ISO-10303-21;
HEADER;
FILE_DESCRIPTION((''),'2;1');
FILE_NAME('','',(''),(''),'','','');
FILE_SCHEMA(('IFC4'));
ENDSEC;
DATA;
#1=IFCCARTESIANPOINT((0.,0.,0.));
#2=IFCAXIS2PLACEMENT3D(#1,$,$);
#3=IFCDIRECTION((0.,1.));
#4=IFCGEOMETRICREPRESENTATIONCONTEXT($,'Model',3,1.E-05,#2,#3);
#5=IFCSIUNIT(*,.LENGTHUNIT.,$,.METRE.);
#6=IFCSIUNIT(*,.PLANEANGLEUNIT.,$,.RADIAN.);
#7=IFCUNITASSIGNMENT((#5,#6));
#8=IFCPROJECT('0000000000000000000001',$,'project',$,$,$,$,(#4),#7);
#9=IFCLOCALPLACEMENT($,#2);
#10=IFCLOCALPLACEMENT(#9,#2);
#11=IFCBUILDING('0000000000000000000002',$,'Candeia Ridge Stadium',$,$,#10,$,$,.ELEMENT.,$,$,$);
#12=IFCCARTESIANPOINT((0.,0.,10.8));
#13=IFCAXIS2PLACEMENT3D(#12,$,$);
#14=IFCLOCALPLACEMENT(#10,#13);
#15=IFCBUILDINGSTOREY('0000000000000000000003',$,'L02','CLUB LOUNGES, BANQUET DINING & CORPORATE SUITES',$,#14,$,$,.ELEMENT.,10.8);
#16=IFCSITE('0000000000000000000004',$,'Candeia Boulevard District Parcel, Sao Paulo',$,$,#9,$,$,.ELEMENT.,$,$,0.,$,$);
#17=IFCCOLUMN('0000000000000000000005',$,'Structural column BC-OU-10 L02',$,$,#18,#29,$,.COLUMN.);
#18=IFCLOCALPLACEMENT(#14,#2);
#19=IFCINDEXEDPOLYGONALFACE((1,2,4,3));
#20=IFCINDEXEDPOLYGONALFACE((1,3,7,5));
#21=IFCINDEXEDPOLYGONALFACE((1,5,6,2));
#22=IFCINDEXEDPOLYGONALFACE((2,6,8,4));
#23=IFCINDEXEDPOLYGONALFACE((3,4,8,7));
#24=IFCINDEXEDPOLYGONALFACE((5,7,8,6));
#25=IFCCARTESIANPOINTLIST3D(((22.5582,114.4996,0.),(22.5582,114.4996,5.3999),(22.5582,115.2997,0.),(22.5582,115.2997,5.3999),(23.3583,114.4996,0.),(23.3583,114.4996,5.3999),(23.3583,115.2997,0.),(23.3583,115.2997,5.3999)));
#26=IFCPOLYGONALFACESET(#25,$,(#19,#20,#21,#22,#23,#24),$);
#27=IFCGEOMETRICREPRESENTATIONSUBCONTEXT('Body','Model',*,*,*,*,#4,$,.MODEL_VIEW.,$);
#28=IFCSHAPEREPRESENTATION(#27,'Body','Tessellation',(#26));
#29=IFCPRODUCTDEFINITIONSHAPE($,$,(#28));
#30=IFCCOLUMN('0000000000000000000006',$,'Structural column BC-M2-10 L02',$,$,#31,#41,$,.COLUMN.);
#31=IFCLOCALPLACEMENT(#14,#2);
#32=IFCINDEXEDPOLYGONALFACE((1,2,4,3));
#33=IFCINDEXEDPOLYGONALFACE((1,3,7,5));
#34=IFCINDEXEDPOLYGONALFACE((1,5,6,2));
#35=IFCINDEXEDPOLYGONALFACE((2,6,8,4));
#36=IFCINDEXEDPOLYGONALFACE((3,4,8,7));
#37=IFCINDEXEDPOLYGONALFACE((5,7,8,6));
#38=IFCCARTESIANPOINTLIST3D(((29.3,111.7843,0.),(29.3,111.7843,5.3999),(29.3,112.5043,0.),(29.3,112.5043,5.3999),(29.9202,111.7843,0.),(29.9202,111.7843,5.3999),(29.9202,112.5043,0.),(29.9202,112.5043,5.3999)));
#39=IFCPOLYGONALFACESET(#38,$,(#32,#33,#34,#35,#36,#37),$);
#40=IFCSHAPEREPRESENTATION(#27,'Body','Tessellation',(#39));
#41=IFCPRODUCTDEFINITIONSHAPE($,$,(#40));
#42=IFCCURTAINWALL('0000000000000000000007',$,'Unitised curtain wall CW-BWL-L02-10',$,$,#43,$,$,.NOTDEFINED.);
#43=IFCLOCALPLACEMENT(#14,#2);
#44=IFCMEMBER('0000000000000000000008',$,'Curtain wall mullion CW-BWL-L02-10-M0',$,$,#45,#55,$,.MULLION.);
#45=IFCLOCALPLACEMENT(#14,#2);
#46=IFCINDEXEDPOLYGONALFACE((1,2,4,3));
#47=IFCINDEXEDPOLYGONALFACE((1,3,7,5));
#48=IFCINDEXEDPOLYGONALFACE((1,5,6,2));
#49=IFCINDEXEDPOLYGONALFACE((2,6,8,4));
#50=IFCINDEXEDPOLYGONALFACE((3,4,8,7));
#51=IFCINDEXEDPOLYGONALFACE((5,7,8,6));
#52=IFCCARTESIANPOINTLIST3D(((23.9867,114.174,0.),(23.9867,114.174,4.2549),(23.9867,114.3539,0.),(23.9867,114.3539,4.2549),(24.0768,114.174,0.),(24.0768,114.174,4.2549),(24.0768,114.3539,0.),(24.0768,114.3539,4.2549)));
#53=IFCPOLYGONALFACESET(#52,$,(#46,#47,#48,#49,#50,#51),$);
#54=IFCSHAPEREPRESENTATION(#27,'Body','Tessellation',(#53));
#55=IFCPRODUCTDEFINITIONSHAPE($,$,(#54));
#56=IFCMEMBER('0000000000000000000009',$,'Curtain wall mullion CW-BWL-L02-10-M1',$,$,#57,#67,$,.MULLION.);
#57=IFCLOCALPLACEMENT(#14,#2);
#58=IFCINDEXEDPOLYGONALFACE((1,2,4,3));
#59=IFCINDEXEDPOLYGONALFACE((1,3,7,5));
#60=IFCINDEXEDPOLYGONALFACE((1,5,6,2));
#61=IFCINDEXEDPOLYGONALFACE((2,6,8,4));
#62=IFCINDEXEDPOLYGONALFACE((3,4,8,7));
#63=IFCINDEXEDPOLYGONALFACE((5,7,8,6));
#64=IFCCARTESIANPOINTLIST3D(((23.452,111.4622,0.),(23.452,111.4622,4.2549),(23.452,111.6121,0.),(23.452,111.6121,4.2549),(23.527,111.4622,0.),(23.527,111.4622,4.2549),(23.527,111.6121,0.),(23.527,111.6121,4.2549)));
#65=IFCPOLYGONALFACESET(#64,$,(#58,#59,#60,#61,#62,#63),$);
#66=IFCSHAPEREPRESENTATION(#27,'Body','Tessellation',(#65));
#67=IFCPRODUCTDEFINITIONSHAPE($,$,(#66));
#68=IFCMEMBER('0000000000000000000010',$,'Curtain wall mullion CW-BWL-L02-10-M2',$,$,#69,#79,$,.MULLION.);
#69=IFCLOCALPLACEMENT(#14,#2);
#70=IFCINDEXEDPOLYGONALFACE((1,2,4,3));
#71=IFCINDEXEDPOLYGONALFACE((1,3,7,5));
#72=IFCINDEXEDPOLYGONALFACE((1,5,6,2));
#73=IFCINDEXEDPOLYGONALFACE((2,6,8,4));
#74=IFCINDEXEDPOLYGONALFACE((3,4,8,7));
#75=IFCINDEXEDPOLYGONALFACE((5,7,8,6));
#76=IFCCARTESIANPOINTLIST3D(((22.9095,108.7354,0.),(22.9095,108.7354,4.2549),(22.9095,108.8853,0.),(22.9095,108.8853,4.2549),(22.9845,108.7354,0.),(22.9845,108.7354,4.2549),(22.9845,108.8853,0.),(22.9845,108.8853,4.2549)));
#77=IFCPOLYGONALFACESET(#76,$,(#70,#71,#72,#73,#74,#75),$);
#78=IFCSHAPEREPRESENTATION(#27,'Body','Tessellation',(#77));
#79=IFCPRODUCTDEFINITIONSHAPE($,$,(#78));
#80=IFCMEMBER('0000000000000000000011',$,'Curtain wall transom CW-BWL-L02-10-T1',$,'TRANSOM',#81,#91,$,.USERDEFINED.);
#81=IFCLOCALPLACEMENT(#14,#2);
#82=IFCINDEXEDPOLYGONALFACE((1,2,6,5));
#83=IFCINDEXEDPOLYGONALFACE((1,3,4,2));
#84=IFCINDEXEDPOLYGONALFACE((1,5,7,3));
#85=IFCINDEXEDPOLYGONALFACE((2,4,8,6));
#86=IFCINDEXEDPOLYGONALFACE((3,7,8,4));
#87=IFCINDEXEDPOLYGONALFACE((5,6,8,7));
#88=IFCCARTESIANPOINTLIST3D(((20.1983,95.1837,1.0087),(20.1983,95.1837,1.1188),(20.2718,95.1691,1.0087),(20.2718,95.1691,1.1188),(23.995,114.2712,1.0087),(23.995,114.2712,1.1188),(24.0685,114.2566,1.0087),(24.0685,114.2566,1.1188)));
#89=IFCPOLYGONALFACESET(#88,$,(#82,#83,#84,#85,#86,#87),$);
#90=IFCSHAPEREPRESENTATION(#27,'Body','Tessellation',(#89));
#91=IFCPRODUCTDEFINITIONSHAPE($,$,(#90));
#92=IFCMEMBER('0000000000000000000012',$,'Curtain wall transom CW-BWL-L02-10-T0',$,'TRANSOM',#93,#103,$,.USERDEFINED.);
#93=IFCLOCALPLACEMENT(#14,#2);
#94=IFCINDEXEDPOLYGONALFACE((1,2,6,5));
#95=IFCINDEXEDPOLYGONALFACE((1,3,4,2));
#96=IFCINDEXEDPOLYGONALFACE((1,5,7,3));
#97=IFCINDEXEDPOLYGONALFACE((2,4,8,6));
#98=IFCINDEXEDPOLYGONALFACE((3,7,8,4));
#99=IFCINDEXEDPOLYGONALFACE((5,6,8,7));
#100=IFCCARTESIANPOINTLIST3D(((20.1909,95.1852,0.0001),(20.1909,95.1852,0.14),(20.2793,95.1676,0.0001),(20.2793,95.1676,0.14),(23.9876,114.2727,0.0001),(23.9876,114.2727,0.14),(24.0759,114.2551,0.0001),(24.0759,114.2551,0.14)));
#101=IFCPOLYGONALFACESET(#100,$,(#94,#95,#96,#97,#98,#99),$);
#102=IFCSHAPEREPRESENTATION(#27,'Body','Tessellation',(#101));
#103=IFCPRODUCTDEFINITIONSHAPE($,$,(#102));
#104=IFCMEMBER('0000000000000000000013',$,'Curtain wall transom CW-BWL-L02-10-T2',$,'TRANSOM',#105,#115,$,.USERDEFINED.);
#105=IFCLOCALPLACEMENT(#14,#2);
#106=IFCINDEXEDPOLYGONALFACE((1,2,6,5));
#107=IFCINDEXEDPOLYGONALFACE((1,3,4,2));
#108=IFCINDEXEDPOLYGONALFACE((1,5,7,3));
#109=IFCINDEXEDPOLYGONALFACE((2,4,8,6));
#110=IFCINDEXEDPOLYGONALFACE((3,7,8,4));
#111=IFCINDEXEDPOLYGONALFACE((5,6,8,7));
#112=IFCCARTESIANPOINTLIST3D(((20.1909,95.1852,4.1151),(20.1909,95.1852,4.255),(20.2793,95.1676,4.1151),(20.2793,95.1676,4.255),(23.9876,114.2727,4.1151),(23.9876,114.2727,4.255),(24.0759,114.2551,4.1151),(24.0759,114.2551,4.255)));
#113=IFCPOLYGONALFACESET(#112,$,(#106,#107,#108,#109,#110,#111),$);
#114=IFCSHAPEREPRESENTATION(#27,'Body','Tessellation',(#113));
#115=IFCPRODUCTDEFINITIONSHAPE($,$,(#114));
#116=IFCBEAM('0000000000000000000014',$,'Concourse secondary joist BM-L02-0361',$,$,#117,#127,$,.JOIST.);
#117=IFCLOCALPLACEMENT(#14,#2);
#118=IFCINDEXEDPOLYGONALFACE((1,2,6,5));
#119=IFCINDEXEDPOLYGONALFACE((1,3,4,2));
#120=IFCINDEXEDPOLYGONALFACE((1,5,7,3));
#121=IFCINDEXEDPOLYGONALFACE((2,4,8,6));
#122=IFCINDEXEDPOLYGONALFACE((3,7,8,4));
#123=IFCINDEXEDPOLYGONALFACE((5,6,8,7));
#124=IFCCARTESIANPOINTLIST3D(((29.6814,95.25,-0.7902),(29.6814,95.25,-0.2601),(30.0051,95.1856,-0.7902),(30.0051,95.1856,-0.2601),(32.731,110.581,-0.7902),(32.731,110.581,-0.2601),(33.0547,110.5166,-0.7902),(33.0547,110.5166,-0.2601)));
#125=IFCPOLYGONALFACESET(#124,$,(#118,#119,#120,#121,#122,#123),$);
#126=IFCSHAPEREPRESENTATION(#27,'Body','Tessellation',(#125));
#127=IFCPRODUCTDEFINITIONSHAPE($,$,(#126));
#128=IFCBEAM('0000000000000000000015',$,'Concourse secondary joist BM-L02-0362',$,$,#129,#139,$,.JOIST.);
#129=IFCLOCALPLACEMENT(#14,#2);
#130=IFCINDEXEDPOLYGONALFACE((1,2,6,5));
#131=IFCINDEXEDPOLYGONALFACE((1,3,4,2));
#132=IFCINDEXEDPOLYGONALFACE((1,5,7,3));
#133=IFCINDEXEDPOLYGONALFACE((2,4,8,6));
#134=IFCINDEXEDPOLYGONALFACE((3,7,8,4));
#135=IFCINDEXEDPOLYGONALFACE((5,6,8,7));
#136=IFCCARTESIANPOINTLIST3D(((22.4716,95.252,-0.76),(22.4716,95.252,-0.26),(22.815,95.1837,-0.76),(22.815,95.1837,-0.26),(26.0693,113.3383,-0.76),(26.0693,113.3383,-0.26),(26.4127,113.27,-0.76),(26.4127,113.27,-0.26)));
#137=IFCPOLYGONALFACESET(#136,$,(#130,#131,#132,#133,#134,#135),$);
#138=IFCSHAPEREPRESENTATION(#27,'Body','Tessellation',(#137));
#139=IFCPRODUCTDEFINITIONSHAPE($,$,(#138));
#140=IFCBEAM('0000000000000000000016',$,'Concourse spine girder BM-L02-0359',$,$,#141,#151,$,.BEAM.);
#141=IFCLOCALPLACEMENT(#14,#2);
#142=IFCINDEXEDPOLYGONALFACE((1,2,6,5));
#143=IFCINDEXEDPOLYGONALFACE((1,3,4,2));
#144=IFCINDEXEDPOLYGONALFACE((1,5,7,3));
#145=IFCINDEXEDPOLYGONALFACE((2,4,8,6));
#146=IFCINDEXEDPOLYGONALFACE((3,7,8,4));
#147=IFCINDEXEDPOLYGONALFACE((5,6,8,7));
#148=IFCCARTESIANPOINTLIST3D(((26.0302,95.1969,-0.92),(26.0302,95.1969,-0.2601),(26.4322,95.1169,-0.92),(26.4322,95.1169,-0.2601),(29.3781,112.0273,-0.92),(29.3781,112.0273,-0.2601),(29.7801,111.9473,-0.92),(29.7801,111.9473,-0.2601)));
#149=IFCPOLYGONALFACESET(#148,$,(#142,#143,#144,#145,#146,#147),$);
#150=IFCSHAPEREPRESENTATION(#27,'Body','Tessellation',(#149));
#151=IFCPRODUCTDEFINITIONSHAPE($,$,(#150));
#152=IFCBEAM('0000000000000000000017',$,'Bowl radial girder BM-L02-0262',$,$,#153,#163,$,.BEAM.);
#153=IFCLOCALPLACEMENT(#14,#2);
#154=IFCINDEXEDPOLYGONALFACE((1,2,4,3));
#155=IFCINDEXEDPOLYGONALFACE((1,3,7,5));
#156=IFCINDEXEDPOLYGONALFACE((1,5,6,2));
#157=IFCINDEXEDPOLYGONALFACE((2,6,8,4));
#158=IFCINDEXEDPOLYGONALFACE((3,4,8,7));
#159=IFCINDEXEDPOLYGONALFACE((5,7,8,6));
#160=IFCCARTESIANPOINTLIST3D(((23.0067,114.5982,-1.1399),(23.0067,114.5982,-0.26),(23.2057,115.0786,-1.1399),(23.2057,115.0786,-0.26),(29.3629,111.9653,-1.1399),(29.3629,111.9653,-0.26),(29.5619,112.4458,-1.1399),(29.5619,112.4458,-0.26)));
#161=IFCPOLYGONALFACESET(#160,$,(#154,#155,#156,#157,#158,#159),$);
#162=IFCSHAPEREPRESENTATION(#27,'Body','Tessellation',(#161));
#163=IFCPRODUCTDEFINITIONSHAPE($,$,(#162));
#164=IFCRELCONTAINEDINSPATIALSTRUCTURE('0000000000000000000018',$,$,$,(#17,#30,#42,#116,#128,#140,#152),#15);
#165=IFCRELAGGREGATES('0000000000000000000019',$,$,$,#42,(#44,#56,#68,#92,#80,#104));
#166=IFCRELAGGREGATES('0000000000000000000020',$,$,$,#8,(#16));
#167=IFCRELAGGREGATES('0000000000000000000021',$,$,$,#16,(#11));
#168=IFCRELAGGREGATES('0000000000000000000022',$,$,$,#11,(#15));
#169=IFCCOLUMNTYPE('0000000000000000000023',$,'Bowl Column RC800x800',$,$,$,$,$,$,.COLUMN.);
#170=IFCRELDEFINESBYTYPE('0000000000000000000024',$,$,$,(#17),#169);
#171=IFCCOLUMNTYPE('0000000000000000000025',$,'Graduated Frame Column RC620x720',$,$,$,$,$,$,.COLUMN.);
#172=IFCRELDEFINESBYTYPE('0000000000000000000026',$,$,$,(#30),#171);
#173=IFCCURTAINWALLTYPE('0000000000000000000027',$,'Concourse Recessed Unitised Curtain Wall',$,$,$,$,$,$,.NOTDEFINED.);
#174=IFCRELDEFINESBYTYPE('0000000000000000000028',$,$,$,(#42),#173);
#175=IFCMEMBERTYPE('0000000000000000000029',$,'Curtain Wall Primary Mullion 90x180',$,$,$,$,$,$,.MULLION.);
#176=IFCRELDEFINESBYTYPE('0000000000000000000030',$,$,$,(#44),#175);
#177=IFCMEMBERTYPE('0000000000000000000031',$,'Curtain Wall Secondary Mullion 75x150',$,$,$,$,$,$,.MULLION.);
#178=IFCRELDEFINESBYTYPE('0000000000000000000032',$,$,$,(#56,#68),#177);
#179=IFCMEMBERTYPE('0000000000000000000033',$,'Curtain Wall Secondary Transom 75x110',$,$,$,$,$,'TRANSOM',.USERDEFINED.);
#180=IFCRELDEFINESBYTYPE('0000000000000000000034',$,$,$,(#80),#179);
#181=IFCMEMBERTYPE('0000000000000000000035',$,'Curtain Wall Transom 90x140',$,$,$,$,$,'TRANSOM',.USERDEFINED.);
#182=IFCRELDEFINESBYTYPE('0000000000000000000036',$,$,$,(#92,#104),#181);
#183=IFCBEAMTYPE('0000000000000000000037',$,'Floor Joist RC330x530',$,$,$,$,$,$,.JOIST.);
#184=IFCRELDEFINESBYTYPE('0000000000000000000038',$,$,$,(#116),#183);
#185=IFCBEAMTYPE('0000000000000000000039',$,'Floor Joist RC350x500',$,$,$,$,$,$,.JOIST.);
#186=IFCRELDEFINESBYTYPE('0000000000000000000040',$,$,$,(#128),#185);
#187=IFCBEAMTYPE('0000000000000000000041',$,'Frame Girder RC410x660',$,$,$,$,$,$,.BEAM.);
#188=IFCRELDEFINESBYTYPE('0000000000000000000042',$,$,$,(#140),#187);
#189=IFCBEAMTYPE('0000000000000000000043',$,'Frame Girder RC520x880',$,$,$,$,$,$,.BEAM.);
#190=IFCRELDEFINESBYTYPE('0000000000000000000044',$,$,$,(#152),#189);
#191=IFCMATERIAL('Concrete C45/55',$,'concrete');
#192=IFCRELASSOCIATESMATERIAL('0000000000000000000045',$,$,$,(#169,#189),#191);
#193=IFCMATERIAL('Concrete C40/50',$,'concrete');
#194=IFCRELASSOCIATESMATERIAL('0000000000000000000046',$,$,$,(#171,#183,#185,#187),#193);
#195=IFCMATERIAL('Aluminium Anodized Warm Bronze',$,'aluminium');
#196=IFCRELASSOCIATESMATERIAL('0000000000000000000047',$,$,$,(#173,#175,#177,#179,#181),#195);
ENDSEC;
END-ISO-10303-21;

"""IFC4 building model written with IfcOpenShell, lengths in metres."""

from ifc_helpers import new_model, si_unit, direction, frame, origin, origin_2d, place, context, subcontext, project, spatial, rectangle, extrude, material, material_profile, profile_set, type_object, element, aggregate, save


model = new_model("IFC4")

# Units and contexts
model_context = context("Model", 3, precision=1e-05, world=origin(), true_north=direction((0.0, 1.0)))
body_context = subcontext(model_context, "Body", "Model", "MODEL_VIEW")
ifc_project = project(units=[si_unit("LENGTHUNIT", "METRE"), si_unit("PLANEANGLEUNIT", "RADIAN")], contexts=[model_context])

# Site, building, storey
site_placement = place(None, origin())
site = spatial("IfcSite", under=ifc_project, at=site_placement, Name="Candeia Boulevard District Parcel, Sao Paulo", CompositionType="ELEMENT", RefElevation=0.0)
building_placement = place(site_placement, origin())
building = spatial("IfcBuilding", under=site, at=building_placement, Name="Candeia Ridge Stadium", CompositionType="ELEMENT")
storey_placement = place(building_placement, frame((0.0, 0.0, 10.8)))
storey = spatial("IfcBuildingStorey", under=building, at=storey_placement, Name="L02", Description="CLUB LOUNGES, BANQUET DINING & CORPORATE SUITES", CompositionType="ELEMENT", Elevation=10.8)

# Columns
ifc_material_1 = material(Name="Concrete C45/55", Category="concrete")
ifc_material_profile_1 = material_profile(ifc_material_1, rectangle(XDim=0.8, YDim=0.8, at=origin_2d()), Name="RC800x800", Category="concrete")
ifc_profile_set_1 = profile_set([ifc_material_profile_1], Name="Concrete C45/55")
column_type_1 = type_object("IfcColumnType", Name="Bowl Column RC800x800", PredefinedType="COLUMN", material=ifc_profile_set_1)
column_1_placement = place(storey_placement, frame((22.9583, 114.8997, 0.0), z_axis=(0.0, 0.0, 1.0), x_axis=(1.0, 0.0, 0.0)))
element("IfcColumn", 1, at=column_1_placement, inside=storey, type_object=column_type_1, Name="Structural column BC-OU-10 L02", PredefinedType="COLUMN", context=body_context, shape_type="SweptSolid", body=[
    extrude(rectangle(XDim=0.8, YDim=0.8, at=origin_2d()), origin(), (0.0, 0.0, 1.0), 5.3999),
])
ifc_material_2 = material(Name="Concrete C40/50", Category="concrete")
ifc_material_profile_2 = material_profile(ifc_material_2, rectangle(XDim=0.6201, YDim=0.72, at=origin_2d()), Name="RC620x720", Category="concrete")
ifc_profile_set_2 = profile_set([ifc_material_profile_2], Name="Concrete C40/50")
column_type_2 = type_object("IfcColumnType", Name="Graduated Frame Column RC620x720", PredefinedType="COLUMN", material=ifc_profile_set_2)
column_2_placement = place(storey_placement, frame((29.6101, 112.1443, 0.0), z_axis=(0.0, 0.0, 1.0), x_axis=(1.0, 0.0, 0.0)))
element("IfcColumn", 2, at=column_2_placement, inside=storey, type_object=column_type_2, Name="Structural column BC-M2-10 L02", PredefinedType="COLUMN", context=body_context, shape_type="SweptSolid", body=[
    extrude(rectangle(XDim=0.6201, YDim=0.72, at=origin_2d()), origin(), (0.0, 0.0, 1.0), 5.3999),
])

# Curtain wall, members
ifc_material_3 = material(Name="Aluminium Anodized Warm Bronze", Category="aluminium")
curtain_wall_type = type_object("IfcCurtainWallType", Name="Concourse Recessed Unitised Curtain Wall", PredefinedType="NOTDEFINED", material=ifc_material_3)
curtain_wall_placement = place(storey_placement, origin())
curtain_wall = element("IfcCurtainWall", 3, at=curtain_wall_placement, inside=storey, type_object=curtain_wall_type, Name="Unitised curtain wall CW-BWL-L02-10", PredefinedType="NOTDEFINED")
ifc_material_profile_3 = material_profile(ifc_material_3, rectangle(XDim=0.0901, YDim=0.1799, at=origin_2d()), Name="CWM-90x180", Category="aluminium")
ifc_profile_set_3 = profile_set([ifc_material_profile_3], Name="Aluminium Anodized Warm Bronze")
member_type_1 = type_object("IfcMemberType", Name="Curtain Wall Primary Mullion 90x180", PredefinedType="MULLION", material=ifc_profile_set_3)
member_1_placement = place(storey_placement, frame((24.0317, 114.2639, 0.0), z_axis=(0.0, 0.0, 1.0), x_axis=(1.0, 0.0, 0.0)))
member_1 = element("IfcMember", 4, at=member_1_placement, type_object=member_type_1, Name="Curtain wall mullion CW-BWL-L02-10-M0", PredefinedType="MULLION", context=body_context, shape_type="SweptSolid", body=[
    extrude(rectangle(XDim=0.0901, YDim=0.1799, at=origin_2d()), origin(), (0.0, 0.0, 1.0), 4.2549),
])
ifc_material_profile_4 = material_profile(ifc_material_3, rectangle(XDim=0.075, YDim=0.1499, at=origin_2d()), Name="CWM-75x150", Category="aluminium")
ifc_profile_set_4 = profile_set([ifc_material_profile_4], Name="Aluminium Anodized Warm Bronze")
member_type_2 = type_object("IfcMemberType", Name="Curtain Wall Secondary Mullion 75x150", PredefinedType="MULLION", material=ifc_profile_set_4)
member_2_placement = place(storey_placement, frame((23.4895, 111.5371, 0.0), z_axis=(0.0, 0.0, 1.0), x_axis=(1.0, 0.0, 0.0)))
member_2 = element("IfcMember", 5, at=member_2_placement, type_object=member_type_2, Name="Curtain wall mullion CW-BWL-L02-10-M1", PredefinedType="MULLION", context=body_context, shape_type="SweptSolid", body=[
    extrude(rectangle(XDim=0.075, YDim=0.1499, at=origin_2d()), origin(), (0.0, 0.0, 1.0), 4.2549),
])
member_3_placement = place(storey_placement, frame((22.947, 108.8103, 0.0), z_axis=(0.0, 0.0, 1.0), x_axis=(1.0, 0.0, 0.0)))
member_3 = element("IfcMember", 6, at=member_3_placement, type_object=member_type_2, Name="Curtain wall mullion CW-BWL-L02-10-M2", PredefinedType="MULLION", context=body_context, shape_type="SweptSolid", body=[
    extrude(rectangle(XDim=0.075, YDim=0.1499, at=origin_2d()), origin(), (0.0, 0.0, 1.0), 4.2549),
])
ifc_material_profile_5 = material_profile(ifc_material_3, rectangle(XDim=0.075, YDim=0.1101, at=origin_2d()), Name="CWT-75x110", Category="aluminium")
ifc_profile_set_5 = profile_set([ifc_material_profile_5], Name="Aluminium Anodized Warm Bronze")
member_type_3 = type_object("IfcMemberType", Name="Curtain Wall Secondary Transom 75x110", ElementType="TRANSOM", PredefinedType="USERDEFINED", material=ifc_profile_set_5)
member_4_placement = place(storey_placement, frame((24.0317, 114.2639, 1.0637), z_axis=(-0.195086, -0.980786, 0.0), x_axis=(0.980786, -0.195086, 0.0)))
member_4 = element("IfcMember", 7, at=member_4_placement, type_object=member_type_3, Name="Curtain wall transom CW-BWL-L02-10-T1", ObjectType="TRANSOM", PredefinedType="USERDEFINED", context=body_context, shape_type="SweptSolid", body=[
    extrude(rectangle(XDim=0.075, YDim=0.1101, at=origin_2d()), origin(), (0.0, 0.0, 1.0), 19.4614),
])
ifc_material_profile_6 = material_profile(ifc_material_3, rectangle(XDim=0.0901, YDim=0.1399, at=origin_2d()), Name="CWT-90x140", Category="aluminium")
ifc_profile_set_6 = profile_set([ifc_material_profile_6], Name="Aluminium Anodized Warm Bronze")
member_type_4 = type_object("IfcMemberType", Name="Curtain Wall Transom 90x140", ElementType="TRANSOM", PredefinedType="USERDEFINED", material=ifc_profile_set_6)
member_5_placement = place(storey_placement, frame((24.0317, 114.2639, 0.0701), z_axis=(-0.195086, -0.980786, 0.0), x_axis=(0.980786, -0.195086, 0.0)))
member_5 = element("IfcMember", 8, at=member_5_placement, type_object=member_type_4, Name="Curtain wall transom CW-BWL-L02-10-T0", ObjectType="TRANSOM", PredefinedType="USERDEFINED", context=body_context, shape_type="SweptSolid", body=[
    extrude(rectangle(XDim=0.0901, YDim=0.1399, at=origin_2d()), origin(), (0.0, 0.0, 1.0), 19.4614),
])
member_6_placement = place(storey_placement, frame((24.0317, 114.2639, 4.1851), z_axis=(-0.195086, -0.980786, 0.0), x_axis=(0.980786, -0.195086, 0.0)))
member_6 = element("IfcMember", 9, at=member_6_placement, type_object=member_type_4, Name="Curtain wall transom CW-BWL-L02-10-T2", ObjectType="TRANSOM", PredefinedType="USERDEFINED", context=body_context, shape_type="SweptSolid", body=[
    extrude(rectangle(XDim=0.0901, YDim=0.1399, at=origin_2d()), origin(), (0.0, 0.0, 1.0), 19.4614),
])

# Beams
ifc_material_profile_7 = material_profile(ifc_material_2, rectangle(XDim=0.3301, YDim=0.53, at=origin_2d()), Name="RC330x530", Category="concrete")
ifc_profile_set_7 = profile_set([ifc_material_profile_7], Name="Concrete C40/50")
beam_type_1 = type_object("IfcBeamType", Name="Floor Joist RC330x530", PredefinedType="JOIST", material=ifc_profile_set_7)
beam_1_placement = place(storey_placement, frame((32.8928, 110.5488, -0.5251), z_axis=(-0.195092, -0.980785, 0.0), x_axis=(0.980785, -0.195092, 0.0)))
element("IfcBeam", 10, at=beam_1_placement, inside=storey, type_object=beam_type_1, Name="Concourse secondary joist BM-L02-0361", PredefinedType="JOIST", context=body_context, shape_type="SweptSolid", body=[
    extrude(rectangle(XDim=0.3301, YDim=0.53, at=origin_2d()), origin(), (0.0, 0.0, 1.0), 15.6313),
])
ifc_material_profile_8 = material_profile(ifc_material_2, rectangle(XDim=0.3501, YDim=0.5, at=origin_2d()), Name="RC350x500", Category="concrete")
ifc_profile_set_8 = profile_set([ifc_material_profile_8], Name="Concrete C40/50")
beam_type_2 = type_object("IfcBeamType", Name="Floor Joist RC350x500", PredefinedType="JOIST", material=ifc_profile_set_8)
beam_2_placement = place(storey_placement, frame((26.241, 113.3042, -0.51), z_axis=(-0.195093, -0.980785, 0.0), x_axis=(0.980785, -0.195093, 0.0)))
element("IfcBeam", 11, at=beam_2_placement, inside=storey, type_object=beam_type_2, Name="Concourse secondary joist BM-L02-0362", PredefinedType="JOIST", context=body_context, shape_type="SweptSolid", body=[
    extrude(rectangle(XDim=0.3501, YDim=0.5, at=origin_2d()), origin(), (0.0, 0.0, 1.0), 18.4407),
])
ifc_material_profile_9 = material_profile(ifc_material_2, rectangle(XDim=0.4099, YDim=0.6599, at=origin_2d()), Name="RC410x660", Category="concrete")
ifc_profile_set_9 = profile_set([ifc_material_profile_9], Name="Concrete C40/50")
beam_type_3 = type_object("IfcBeamType", Name="Frame Girder RC410x660", PredefinedType="BEAM", material=ifc_profile_set_9)
beam_3_placement = place(storey_placement, frame((29.5791, 111.9873, -0.5901), z_axis=(-0.195098, -0.980784, 0.0), x_axis=(0.980784, -0.195098, 0.0)))
element("IfcBeam", 12, at=beam_3_placement, inside=storey, type_object=beam_type_3, Name="Concourse spine girder BM-L02-0359", PredefinedType="BEAM", context=body_context, shape_type="SweptSolid", body=[
    extrude(rectangle(XDim=0.4099, YDim=0.6599, at=origin_2d()), origin(), (0.0, 0.0, 1.0), 17.1602),
])
ifc_material_profile_10 = material_profile(ifc_material_1, rectangle(XDim=0.52, YDim=0.8799, at=origin_2d()), Name="RC520x880", Category="concrete")
ifc_profile_set_10 = profile_set([ifc_material_profile_10], Name="Concrete C45/55")
beam_type_4 = type_object("IfcBeamType", Name="Frame Girder RC520x880", PredefinedType="BEAM", material=ifc_profile_set_10)
beam_4_placement = place(storey_placement, frame((29.4624, 112.2056, -0.7), z_axis=(-0.92388, 0.382682, 0.0), x_axis=(-0.382682, -0.92388, 0.0)))
element("IfcBeam", 13, at=beam_4_placement, inside=storey, type_object=beam_type_4, Name="Bowl radial girder BM-L02-0262", PredefinedType="BEAM", context=body_context, shape_type="SweptSolid", body=[
    extrude(rectangle(XDim=0.52, YDim=0.8799, at=origin_2d()), origin(), (0.0, 0.0, 1.0), 6.8799),
])

aggregate(curtain_wall, [member_1, member_2, member_3, member_5, member_4, member_6])

save(model, "model.ifc")
